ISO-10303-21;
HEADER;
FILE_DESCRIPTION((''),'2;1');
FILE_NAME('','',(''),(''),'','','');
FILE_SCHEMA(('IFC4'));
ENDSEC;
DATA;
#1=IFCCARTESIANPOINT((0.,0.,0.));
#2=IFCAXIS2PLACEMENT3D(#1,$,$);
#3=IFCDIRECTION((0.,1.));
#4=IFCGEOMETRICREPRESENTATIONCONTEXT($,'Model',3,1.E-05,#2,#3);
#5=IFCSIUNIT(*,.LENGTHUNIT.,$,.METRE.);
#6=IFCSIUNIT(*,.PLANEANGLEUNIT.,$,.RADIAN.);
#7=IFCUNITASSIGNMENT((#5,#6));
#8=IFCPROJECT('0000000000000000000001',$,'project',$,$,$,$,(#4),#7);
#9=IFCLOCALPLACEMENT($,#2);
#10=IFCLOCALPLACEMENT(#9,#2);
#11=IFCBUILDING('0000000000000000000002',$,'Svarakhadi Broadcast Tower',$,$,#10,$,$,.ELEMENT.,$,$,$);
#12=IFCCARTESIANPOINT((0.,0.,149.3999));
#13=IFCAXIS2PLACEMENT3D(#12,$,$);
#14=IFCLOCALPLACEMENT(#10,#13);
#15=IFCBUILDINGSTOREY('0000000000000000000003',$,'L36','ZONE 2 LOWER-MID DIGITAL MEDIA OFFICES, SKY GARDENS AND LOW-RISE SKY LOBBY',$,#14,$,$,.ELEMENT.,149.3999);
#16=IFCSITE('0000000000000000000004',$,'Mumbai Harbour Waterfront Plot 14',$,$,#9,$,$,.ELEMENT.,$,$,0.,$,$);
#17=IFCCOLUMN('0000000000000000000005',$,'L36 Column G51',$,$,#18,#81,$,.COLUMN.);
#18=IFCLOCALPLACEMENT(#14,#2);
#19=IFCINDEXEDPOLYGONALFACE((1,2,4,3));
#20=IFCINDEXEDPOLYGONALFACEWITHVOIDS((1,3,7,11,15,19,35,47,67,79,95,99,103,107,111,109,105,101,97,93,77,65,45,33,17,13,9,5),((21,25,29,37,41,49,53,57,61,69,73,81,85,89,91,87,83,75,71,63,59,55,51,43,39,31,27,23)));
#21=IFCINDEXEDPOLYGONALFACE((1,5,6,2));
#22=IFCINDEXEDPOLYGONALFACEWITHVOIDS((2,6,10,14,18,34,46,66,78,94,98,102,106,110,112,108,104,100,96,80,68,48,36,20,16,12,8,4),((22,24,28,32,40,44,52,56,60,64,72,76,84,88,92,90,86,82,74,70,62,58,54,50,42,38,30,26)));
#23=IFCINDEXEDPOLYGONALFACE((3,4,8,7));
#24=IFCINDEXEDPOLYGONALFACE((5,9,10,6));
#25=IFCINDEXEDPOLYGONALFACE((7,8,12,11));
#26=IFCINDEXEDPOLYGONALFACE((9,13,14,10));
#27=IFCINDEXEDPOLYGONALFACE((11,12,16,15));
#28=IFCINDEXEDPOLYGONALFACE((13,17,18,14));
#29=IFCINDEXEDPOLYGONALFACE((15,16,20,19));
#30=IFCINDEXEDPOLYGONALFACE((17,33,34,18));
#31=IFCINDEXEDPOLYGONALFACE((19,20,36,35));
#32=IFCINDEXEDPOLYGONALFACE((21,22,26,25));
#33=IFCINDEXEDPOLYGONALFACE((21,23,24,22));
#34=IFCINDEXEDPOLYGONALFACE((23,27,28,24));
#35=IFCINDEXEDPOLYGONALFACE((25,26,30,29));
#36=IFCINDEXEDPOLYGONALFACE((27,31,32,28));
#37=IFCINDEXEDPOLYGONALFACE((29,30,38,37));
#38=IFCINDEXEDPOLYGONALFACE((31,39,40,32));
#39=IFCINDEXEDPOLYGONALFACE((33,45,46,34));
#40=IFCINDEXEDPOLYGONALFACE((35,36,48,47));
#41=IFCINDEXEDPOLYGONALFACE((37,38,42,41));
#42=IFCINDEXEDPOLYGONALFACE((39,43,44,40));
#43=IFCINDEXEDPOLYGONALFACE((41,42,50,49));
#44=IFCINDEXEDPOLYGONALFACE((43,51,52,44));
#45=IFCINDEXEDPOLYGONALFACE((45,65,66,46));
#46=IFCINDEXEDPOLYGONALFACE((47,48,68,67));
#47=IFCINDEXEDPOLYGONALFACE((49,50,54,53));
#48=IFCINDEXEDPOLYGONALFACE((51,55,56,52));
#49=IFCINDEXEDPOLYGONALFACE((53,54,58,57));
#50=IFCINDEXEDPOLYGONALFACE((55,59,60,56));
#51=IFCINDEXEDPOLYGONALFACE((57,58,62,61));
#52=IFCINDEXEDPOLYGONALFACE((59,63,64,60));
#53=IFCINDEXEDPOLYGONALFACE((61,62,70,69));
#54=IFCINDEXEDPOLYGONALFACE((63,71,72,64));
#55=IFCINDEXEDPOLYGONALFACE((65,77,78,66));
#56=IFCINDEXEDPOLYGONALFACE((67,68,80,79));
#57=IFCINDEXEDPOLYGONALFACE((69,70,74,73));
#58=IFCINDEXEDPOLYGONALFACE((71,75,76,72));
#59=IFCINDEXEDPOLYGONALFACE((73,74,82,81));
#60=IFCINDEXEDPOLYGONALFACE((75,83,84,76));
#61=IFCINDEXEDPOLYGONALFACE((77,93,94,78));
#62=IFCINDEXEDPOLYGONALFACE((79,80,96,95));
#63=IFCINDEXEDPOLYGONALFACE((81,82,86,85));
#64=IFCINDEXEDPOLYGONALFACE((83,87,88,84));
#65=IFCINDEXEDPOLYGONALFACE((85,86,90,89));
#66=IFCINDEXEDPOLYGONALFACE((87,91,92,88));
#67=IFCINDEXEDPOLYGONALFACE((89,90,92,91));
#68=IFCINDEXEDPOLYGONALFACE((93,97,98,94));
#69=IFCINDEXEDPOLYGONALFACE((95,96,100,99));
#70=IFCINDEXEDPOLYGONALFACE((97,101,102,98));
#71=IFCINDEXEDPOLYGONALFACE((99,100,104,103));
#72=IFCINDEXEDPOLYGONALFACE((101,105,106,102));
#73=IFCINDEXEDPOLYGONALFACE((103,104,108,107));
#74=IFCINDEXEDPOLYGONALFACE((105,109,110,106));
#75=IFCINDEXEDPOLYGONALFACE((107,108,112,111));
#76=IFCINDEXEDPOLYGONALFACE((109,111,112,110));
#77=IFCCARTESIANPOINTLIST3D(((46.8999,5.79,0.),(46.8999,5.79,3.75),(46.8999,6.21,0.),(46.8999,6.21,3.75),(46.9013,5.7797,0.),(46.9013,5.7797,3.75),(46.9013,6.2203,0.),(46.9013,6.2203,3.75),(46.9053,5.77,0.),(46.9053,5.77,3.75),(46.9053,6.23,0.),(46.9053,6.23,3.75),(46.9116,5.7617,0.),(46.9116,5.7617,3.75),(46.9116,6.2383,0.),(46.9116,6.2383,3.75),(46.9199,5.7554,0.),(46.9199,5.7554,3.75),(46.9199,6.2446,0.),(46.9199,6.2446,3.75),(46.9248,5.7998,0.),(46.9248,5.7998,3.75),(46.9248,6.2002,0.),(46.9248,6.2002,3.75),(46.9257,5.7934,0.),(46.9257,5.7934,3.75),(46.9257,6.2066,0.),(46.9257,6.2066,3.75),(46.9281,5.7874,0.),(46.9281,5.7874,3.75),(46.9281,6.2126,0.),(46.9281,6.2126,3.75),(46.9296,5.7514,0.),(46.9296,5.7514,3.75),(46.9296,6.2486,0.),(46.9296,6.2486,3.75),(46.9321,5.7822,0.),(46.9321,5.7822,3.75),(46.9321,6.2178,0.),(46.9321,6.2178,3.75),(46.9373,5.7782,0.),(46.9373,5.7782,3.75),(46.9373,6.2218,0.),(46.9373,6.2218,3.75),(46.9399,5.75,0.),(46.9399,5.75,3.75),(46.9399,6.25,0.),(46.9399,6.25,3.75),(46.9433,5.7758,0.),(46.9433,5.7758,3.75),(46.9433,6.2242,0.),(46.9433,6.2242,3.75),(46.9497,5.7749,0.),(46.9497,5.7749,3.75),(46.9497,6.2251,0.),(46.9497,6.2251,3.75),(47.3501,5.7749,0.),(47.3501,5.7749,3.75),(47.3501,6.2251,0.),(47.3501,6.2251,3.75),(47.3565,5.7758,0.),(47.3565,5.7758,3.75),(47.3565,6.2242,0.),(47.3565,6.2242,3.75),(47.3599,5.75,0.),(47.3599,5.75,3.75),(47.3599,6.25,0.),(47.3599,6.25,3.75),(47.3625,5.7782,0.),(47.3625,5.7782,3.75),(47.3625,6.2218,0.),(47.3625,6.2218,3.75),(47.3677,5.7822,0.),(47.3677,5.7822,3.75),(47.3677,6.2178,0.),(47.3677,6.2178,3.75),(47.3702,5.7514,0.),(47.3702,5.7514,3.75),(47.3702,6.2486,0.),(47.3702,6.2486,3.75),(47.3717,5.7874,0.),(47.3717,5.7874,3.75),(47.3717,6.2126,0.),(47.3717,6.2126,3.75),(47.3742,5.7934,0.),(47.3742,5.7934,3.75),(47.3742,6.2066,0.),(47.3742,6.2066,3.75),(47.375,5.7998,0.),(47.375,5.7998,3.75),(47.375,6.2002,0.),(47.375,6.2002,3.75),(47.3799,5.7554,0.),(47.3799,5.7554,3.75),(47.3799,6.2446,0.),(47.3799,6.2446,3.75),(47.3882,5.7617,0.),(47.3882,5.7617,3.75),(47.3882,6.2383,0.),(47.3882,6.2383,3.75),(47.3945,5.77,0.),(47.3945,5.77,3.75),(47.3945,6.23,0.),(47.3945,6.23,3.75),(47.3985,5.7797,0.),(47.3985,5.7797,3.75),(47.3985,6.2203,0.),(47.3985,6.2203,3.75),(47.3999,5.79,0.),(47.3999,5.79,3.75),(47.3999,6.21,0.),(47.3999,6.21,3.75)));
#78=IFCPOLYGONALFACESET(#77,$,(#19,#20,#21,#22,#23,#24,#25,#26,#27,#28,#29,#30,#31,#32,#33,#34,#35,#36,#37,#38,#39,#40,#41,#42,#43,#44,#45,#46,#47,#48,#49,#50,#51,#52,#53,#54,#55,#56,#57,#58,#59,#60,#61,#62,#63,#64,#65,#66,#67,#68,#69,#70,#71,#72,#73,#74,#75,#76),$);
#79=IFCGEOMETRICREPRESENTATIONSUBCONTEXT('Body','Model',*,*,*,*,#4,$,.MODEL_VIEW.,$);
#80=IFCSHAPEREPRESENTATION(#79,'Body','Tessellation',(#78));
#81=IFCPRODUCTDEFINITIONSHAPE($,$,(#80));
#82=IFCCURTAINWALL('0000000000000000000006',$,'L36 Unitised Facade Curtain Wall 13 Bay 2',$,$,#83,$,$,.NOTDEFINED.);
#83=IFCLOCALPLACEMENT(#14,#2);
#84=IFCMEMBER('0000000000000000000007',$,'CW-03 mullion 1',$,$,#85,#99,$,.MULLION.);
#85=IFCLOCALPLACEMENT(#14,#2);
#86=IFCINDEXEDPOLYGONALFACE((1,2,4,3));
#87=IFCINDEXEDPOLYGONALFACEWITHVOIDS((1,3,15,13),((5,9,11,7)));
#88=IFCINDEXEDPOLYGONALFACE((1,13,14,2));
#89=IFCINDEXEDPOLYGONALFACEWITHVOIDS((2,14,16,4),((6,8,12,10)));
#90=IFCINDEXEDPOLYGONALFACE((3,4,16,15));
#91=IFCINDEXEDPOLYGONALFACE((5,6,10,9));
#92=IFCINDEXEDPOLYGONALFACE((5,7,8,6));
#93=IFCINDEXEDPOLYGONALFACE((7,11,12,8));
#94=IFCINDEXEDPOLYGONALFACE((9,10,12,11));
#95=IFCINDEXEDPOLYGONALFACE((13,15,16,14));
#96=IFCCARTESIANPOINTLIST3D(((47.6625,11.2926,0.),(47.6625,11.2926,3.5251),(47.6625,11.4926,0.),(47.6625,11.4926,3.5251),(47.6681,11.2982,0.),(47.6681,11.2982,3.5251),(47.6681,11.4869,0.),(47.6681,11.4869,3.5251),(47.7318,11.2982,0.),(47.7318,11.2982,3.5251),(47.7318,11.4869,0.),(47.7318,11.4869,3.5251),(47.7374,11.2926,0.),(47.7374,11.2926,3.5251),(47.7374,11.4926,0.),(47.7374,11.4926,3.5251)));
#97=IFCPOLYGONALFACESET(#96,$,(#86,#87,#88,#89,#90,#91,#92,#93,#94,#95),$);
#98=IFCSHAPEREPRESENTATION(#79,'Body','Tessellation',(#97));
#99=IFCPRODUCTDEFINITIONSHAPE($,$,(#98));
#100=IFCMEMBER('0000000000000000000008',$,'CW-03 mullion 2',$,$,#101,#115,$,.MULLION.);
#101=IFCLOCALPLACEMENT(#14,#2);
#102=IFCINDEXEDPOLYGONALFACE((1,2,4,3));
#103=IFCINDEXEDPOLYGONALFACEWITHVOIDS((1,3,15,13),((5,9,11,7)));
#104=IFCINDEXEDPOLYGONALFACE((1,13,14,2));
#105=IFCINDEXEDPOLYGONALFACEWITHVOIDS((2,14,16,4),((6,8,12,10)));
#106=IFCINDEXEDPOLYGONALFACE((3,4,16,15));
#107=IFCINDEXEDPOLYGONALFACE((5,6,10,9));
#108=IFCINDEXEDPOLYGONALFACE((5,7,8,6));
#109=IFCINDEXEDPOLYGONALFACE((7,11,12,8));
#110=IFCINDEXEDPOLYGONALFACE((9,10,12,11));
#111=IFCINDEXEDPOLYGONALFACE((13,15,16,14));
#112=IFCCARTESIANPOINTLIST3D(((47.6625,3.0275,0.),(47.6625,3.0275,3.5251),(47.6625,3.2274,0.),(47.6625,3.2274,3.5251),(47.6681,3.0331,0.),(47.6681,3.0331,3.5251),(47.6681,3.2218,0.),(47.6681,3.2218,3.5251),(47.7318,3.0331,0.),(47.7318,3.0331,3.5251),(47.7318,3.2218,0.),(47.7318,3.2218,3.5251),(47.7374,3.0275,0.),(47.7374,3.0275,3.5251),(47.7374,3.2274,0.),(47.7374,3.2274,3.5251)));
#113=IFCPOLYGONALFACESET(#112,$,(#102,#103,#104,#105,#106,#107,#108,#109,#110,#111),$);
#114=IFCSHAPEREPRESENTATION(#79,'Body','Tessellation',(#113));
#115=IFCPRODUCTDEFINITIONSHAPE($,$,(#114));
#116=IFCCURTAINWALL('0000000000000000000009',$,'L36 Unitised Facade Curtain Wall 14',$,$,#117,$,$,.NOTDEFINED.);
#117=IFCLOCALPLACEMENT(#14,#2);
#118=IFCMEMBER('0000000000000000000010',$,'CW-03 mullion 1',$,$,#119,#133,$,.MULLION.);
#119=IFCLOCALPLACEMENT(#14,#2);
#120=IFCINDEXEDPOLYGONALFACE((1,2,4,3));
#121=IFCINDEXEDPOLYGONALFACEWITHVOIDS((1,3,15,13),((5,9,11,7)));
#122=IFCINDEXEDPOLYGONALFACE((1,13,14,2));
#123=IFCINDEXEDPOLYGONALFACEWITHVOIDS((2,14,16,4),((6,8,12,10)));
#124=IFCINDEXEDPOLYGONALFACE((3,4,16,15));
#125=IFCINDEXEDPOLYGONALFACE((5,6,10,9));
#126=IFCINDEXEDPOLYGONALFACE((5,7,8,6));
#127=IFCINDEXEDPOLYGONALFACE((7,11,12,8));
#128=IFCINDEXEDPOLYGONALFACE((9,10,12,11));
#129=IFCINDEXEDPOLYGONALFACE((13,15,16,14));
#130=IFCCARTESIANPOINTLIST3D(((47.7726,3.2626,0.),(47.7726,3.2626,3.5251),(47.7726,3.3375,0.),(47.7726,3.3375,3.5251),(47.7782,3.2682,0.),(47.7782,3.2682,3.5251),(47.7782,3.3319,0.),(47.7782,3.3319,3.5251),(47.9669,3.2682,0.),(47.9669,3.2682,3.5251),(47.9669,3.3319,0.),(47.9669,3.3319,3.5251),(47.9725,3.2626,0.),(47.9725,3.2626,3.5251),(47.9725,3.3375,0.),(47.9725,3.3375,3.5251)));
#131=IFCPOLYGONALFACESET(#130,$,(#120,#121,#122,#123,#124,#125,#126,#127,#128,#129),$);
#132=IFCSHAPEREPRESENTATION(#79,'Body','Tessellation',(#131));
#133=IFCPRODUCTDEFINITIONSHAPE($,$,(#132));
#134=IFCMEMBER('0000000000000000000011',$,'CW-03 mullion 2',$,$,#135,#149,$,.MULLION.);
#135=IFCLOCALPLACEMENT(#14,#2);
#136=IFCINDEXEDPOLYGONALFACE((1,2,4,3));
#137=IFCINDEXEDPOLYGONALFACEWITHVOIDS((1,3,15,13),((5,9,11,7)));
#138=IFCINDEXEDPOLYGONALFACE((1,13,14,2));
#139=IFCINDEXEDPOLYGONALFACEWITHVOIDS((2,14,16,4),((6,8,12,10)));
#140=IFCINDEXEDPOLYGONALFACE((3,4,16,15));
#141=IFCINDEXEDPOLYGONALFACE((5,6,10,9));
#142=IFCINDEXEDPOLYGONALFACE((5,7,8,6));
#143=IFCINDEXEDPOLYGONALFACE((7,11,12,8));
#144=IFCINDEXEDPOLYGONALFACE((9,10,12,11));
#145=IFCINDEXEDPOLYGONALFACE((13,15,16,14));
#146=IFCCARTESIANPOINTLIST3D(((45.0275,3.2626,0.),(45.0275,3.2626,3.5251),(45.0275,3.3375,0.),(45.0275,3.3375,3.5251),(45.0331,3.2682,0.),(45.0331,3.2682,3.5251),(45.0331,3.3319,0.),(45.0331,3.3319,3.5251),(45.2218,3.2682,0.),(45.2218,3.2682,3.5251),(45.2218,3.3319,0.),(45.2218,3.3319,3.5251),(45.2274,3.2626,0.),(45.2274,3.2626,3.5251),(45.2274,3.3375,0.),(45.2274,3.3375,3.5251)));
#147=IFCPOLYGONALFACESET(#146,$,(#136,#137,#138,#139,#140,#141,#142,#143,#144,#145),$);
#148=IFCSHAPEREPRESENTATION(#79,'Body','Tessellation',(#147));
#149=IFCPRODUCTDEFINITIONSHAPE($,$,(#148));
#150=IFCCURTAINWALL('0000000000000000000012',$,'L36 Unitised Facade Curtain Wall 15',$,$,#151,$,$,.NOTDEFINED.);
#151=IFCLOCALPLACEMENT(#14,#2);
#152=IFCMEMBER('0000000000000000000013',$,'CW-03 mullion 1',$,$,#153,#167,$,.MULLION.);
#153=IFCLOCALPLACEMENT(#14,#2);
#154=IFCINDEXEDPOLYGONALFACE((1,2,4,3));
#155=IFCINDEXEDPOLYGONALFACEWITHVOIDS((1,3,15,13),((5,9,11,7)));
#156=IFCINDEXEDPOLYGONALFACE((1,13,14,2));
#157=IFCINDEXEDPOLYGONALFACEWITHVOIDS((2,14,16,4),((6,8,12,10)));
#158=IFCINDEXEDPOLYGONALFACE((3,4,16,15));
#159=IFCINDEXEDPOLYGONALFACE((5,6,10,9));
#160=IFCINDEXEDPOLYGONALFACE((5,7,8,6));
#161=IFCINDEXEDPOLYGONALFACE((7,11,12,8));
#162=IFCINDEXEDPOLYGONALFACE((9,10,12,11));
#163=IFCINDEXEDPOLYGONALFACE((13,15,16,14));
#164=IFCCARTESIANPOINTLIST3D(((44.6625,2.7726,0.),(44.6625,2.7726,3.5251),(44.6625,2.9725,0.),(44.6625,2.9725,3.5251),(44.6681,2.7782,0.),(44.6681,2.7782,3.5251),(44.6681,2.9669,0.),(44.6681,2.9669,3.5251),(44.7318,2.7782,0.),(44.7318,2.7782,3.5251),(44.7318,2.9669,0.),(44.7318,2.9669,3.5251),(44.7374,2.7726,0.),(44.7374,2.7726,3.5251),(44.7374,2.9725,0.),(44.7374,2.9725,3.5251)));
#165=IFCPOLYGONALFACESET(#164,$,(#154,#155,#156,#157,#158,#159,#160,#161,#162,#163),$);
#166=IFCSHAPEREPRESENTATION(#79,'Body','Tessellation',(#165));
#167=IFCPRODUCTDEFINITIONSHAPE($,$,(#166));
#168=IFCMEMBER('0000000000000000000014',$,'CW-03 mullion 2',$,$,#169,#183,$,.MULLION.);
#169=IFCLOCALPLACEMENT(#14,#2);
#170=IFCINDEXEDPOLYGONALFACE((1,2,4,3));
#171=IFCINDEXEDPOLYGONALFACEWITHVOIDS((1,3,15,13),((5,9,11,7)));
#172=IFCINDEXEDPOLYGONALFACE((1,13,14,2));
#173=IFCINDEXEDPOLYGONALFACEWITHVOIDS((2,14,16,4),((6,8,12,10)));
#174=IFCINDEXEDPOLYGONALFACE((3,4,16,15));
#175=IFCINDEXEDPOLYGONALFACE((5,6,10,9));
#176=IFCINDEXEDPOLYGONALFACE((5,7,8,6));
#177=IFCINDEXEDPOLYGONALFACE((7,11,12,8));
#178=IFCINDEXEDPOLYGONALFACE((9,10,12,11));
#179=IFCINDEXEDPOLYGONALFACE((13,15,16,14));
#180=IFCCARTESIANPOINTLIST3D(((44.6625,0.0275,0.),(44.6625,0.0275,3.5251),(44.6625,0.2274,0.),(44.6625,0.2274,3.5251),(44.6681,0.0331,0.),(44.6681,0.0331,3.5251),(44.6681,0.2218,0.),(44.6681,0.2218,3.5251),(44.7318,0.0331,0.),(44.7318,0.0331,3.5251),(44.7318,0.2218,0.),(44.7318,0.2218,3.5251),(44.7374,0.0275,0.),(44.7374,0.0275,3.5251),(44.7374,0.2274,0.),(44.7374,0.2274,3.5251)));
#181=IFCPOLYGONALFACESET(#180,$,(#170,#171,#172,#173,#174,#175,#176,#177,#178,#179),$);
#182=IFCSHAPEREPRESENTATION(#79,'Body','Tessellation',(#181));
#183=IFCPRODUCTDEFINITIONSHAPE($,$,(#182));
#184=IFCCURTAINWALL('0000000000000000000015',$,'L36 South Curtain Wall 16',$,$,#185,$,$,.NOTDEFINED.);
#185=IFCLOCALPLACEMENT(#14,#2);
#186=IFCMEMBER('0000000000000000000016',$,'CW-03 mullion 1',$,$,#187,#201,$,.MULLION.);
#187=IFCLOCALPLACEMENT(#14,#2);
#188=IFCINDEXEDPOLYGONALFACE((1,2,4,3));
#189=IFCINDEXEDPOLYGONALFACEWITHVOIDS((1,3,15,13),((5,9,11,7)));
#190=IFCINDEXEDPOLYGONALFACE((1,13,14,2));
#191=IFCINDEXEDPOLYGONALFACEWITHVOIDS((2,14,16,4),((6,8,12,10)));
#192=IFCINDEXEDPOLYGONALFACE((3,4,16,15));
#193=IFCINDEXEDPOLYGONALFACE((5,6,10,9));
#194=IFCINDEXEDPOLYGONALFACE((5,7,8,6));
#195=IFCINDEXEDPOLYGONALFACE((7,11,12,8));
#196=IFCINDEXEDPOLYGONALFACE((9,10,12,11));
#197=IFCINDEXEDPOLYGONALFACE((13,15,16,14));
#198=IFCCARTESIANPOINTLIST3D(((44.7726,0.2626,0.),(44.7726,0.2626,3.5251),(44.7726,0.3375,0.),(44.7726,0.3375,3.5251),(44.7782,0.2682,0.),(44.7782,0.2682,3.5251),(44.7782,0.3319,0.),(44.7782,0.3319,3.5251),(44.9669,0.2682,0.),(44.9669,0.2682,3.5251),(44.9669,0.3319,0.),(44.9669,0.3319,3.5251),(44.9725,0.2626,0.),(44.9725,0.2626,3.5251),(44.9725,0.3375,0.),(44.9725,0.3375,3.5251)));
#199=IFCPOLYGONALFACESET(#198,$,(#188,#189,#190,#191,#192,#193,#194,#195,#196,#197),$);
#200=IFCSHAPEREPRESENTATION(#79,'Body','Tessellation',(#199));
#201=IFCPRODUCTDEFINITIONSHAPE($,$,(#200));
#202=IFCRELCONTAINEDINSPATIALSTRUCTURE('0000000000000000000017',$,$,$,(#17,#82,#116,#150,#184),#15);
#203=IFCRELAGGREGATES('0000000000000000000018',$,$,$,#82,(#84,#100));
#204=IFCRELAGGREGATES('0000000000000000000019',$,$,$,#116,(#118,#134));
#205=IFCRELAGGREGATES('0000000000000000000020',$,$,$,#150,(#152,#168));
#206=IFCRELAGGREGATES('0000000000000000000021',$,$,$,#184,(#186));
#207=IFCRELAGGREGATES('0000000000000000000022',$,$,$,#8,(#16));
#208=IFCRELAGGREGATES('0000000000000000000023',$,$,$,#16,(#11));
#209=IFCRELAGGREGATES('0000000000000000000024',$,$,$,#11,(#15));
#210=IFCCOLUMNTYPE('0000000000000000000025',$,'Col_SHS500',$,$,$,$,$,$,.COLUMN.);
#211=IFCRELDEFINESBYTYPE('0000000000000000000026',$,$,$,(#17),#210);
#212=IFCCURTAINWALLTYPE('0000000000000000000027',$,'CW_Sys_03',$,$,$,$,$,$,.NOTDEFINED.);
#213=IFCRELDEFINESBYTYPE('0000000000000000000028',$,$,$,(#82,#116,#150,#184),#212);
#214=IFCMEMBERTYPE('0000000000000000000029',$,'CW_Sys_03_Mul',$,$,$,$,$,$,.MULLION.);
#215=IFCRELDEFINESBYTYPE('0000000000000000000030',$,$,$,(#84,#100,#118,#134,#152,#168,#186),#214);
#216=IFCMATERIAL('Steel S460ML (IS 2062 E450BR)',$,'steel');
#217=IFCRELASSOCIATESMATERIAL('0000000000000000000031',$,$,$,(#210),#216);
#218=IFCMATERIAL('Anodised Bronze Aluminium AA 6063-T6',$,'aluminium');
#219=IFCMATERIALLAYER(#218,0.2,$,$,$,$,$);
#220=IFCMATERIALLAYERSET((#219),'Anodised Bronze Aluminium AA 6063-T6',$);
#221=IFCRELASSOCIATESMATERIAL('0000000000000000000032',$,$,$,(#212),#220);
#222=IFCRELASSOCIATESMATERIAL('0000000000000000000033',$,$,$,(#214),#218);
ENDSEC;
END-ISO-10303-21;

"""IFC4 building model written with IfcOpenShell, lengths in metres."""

from ifc_helpers import new_model, si_unit, direction, frame, origin, origin_2d, place, context, subcontext, project, spatial, hollow_rectangle, extrude, material, layer, layer_set, material_profile, profile_set, type_object, element, aggregate, save


model = new_model("IFC4")

# Units and contexts
model_context = context("Model", 3, precision=1e-05, world=origin(), true_north=direction((0.0, 1.0)))
body_context = subcontext(model_context, "Body", "Model", "MODEL_VIEW")
ifc_project = project(units=[si_unit("LENGTHUNIT", "METRE"), si_unit("PLANEANGLEUNIT", "RADIAN")], contexts=[model_context])

# Site, building, storey
site_placement = place(None, origin())
site = spatial("IfcSite", under=ifc_project, at=site_placement, Name="Mumbai Harbour Waterfront Plot 14", CompositionType="ELEMENT", RefElevation=0.0)
building_placement = place(site_placement, origin())
building = spatial("IfcBuilding", under=site, at=building_placement, Name="Svarakhadi Broadcast Tower", CompositionType="ELEMENT")
storey_placement = place(building_placement, frame((0.0, 0.0, 149.3999)))
storey = spatial("IfcBuildingStorey", under=building, at=storey_placement, Name="L36", Description="ZONE 2 LOWER-MID DIGITAL MEDIA OFFICES, SKY GARDENS AND LOW-RISE SKY LOBBY", CompositionType="ELEMENT", Elevation=149.3999)

# Column
ifc_material_1 = material(Name="Steel S460ML (IS 2062 E450BR)", Category="steel")
ifc_material_profile_1 = material_profile(ifc_material_1, hollow_rectangle(XDim=0.5, YDim=0.5, WallThickness=0.0249, InnerFilletRadius=0.0249, OuterFilletRadius=0.04, at=origin_2d()), Name="SHS 500x500x25")
ifc_profile_set_1 = profile_set([ifc_material_profile_1], Name="Steel S460ML (IS 2062 E450BR)")
column_type = type_object("IfcColumnType", Name="Col_SHS500", PredefinedType="COLUMN", material=ifc_profile_set_1)
column_placement = place(storey_placement, frame((47.1499, 6.0, 0.0), z_axis=(0.0, 0.0, 1.0), x_axis=(1.0, 0.0, 0.0)))
element("IfcColumn", 1, at=column_placement, inside=storey, type_object=column_type, Name="L36 Column G51", PredefinedType="COLUMN", context=body_context, shape_type="SweptSolid", body=[
    extrude(hollow_rectangle(XDim=0.5, YDim=0.5, WallThickness=0.0249, InnerFilletRadius=0.0249, OuterFilletRadius=0.04, at=origin_2d()), origin(), (0.0, 0.0, 1.0), 3.75),
])

# Curtain walls, members
ifc_material_2 = material(Name="Anodised Bronze Aluminium AA 6063-T6", Category="aluminium")
ifc_layer_1 = layer(ifc_material_2, 0.2)
ifc_layer_set_1 = layer_set([ifc_layer_1], Name="Anodised Bronze Aluminium AA 6063-T6")
curtain_wall_type = type_object("IfcCurtainWallType", Name="CW_Sys_03", PredefinedType="NOTDEFINED", material=ifc_layer_set_1)
curtain_wall_1_placement = place(storey_placement, origin())
curtain_wall_1 = element("IfcCurtainWall", 2, at=curtain_wall_1_placement, inside=storey, type_object=curtain_wall_type, Name="L36 Unitised Facade Curtain Wall 13 Bay 2", PredefinedType="NOTDEFINED")
ifc_material_profile_2 = material_profile(ifc_material_2, hollow_rectangle(XDim=0.075, YDim=0.2, WallThickness=0.0056, at=origin_2d()), Name="ALU MULLION 200x75x6")
ifc_profile_set_2 = profile_set([ifc_material_profile_2], Name="Anodised Bronze Aluminium AA 6063-T6")
member_type_1 = type_object("IfcMemberType", Name="CW_Sys_03_Mul", PredefinedType="MULLION", material=ifc_profile_set_2)
member_1_placement = place(storey_placement, frame((47.7, 11.3926, 0.0), z_axis=(0.0, 0.0, 1.0), x_axis=(1.0, 0.0, 0.0)))
member_1 = element("IfcMember", 3, at=member_1_placement, type_object=member_type_1, Name="CW-03 mullion 1", PredefinedType="MULLION", context=body_context, shape_type="SweptSolid", body=[
    extrude(hollow_rectangle(XDim=0.075, YDim=0.2, WallThickness=0.0056, at=origin_2d()), origin(), (0.0, 0.0, 1.0), 3.5251),
])
member_2_placement = place(storey_placement, frame((47.7, 3.1274, 0.0), z_axis=(0.0, 0.0, 1.0), x_axis=(1.0, 0.0, 0.0)))
member_2 = element("IfcMember", 4, at=member_2_placement, type_object=member_type_1, Name="CW-03 mullion 2", PredefinedType="MULLION", context=body_context, shape_type="SweptSolid", body=[
    extrude(hollow_rectangle(XDim=0.075, YDim=0.2, WallThickness=0.0056, at=origin_2d()), origin(), (0.0, 0.0, 1.0), 3.5251),
])
curtain_wall_2_placement = place(storey_placement, origin())
curtain_wall_2 = element("IfcCurtainWall", 5, at=curtain_wall_2_placement, inside=storey, type_object=curtain_wall_type, Name="L36 Unitised Facade Curtain Wall 14", PredefinedType="NOTDEFINED")
member_3_placement = place(storey_placement, frame((47.8726, 3.3, 0.0), z_axis=(0.0, 0.0, 1.0), x_axis=(0.0, -1.0, 0.0)))
member_3 = element("IfcMember", 6, at=member_3_placement, type_object=member_type_1, Name="CW-03 mullion 1", PredefinedType="MULLION", context=body_context, shape_type="SweptSolid", body=[
    extrude(hollow_rectangle(XDim=0.075, YDim=0.2, WallThickness=0.0056, at=origin_2d()), origin(), (0.0, 0.0, 1.0), 3.5251),
])
member_4_placement = place(storey_placement, frame((45.1274, 3.3, 0.0), z_axis=(0.0, 0.0, 1.0), x_axis=(0.0, -1.0, 0.0)))
member_4 = element("IfcMember", 7, at=member_4_placement, type_object=member_type_1, Name="CW-03 mullion 2", PredefinedType="MULLION", context=body_context, shape_type="SweptSolid", body=[
    extrude(hollow_rectangle(XDim=0.075, YDim=0.2, WallThickness=0.0056, at=origin_2d()), origin(), (0.0, 0.0, 1.0), 3.5251),
])
curtain_wall_3_placement = place(storey_placement, origin())
curtain_wall_3 = element("IfcCurtainWall", 8, at=curtain_wall_3_placement, inside=storey, type_object=curtain_wall_type, Name="L36 Unitised Facade Curtain Wall 15", PredefinedType="NOTDEFINED")
member_5_placement = place(storey_placement, frame((44.7, 2.8726, 0.0), z_axis=(0.0, 0.0, 1.0), x_axis=(1.0, 0.0, 0.0)))
member_5 = element("IfcMember", 9, at=member_5_placement, type_object=member_type_1, Name="CW-03 mullion 1", PredefinedType="MULLION", context=body_context, shape_type="SweptSolid", body=[
    extrude(hollow_rectangle(XDim=0.075, YDim=0.2, WallThickness=0.0056, at=origin_2d()), origin(), (0.0, 0.0, 1.0), 3.5251),
])
member_6_placement = place(storey_placement, frame((44.7, 0.1274, 0.0), z_axis=(0.0, 0.0, 1.0), x_axis=(1.0, 0.0, 0.0)))
member_6 = element("IfcMember", 10, at=member_6_placement, type_object=member_type_1, Name="CW-03 mullion 2", PredefinedType="MULLION", context=body_context, shape_type="SweptSolid", body=[
    extrude(hollow_rectangle(XDim=0.075, YDim=0.2, WallThickness=0.0056, at=origin_2d()), origin(), (0.0, 0.0, 1.0), 3.5251),
])
curtain_wall_4_placement = place(storey_placement, origin())
curtain_wall_4 = element("IfcCurtainWall", 11, at=curtain_wall_4_placement, inside=storey, type_object=curtain_wall_type, Name="L36 South Curtain Wall 16", PredefinedType="NOTDEFINED")
member_7_placement = place(storey_placement, frame((44.8726, 0.3, 0.0), z_axis=(0.0, 0.0, 1.0), x_axis=(0.0, -1.0, 0.0)))
member_7 = element("IfcMember", 12, at=member_7_placement, type_object=member_type_1, Name="CW-03 mullion 1", PredefinedType="MULLION", context=body_context, shape_type="SweptSolid", body=[
    extrude(hollow_rectangle(XDim=0.075, YDim=0.2, WallThickness=0.0056, at=origin_2d()), origin(), (0.0, 0.0, 1.0), 3.5251),
])

aggregate(curtain_wall_1, [member_1, member_2])
aggregate(curtain_wall_2, [member_3, member_4])
aggregate(curtain_wall_3, [member_5, member_6])
aggregate(curtain_wall_4, [member_7])

save(model, "model.ifc")
